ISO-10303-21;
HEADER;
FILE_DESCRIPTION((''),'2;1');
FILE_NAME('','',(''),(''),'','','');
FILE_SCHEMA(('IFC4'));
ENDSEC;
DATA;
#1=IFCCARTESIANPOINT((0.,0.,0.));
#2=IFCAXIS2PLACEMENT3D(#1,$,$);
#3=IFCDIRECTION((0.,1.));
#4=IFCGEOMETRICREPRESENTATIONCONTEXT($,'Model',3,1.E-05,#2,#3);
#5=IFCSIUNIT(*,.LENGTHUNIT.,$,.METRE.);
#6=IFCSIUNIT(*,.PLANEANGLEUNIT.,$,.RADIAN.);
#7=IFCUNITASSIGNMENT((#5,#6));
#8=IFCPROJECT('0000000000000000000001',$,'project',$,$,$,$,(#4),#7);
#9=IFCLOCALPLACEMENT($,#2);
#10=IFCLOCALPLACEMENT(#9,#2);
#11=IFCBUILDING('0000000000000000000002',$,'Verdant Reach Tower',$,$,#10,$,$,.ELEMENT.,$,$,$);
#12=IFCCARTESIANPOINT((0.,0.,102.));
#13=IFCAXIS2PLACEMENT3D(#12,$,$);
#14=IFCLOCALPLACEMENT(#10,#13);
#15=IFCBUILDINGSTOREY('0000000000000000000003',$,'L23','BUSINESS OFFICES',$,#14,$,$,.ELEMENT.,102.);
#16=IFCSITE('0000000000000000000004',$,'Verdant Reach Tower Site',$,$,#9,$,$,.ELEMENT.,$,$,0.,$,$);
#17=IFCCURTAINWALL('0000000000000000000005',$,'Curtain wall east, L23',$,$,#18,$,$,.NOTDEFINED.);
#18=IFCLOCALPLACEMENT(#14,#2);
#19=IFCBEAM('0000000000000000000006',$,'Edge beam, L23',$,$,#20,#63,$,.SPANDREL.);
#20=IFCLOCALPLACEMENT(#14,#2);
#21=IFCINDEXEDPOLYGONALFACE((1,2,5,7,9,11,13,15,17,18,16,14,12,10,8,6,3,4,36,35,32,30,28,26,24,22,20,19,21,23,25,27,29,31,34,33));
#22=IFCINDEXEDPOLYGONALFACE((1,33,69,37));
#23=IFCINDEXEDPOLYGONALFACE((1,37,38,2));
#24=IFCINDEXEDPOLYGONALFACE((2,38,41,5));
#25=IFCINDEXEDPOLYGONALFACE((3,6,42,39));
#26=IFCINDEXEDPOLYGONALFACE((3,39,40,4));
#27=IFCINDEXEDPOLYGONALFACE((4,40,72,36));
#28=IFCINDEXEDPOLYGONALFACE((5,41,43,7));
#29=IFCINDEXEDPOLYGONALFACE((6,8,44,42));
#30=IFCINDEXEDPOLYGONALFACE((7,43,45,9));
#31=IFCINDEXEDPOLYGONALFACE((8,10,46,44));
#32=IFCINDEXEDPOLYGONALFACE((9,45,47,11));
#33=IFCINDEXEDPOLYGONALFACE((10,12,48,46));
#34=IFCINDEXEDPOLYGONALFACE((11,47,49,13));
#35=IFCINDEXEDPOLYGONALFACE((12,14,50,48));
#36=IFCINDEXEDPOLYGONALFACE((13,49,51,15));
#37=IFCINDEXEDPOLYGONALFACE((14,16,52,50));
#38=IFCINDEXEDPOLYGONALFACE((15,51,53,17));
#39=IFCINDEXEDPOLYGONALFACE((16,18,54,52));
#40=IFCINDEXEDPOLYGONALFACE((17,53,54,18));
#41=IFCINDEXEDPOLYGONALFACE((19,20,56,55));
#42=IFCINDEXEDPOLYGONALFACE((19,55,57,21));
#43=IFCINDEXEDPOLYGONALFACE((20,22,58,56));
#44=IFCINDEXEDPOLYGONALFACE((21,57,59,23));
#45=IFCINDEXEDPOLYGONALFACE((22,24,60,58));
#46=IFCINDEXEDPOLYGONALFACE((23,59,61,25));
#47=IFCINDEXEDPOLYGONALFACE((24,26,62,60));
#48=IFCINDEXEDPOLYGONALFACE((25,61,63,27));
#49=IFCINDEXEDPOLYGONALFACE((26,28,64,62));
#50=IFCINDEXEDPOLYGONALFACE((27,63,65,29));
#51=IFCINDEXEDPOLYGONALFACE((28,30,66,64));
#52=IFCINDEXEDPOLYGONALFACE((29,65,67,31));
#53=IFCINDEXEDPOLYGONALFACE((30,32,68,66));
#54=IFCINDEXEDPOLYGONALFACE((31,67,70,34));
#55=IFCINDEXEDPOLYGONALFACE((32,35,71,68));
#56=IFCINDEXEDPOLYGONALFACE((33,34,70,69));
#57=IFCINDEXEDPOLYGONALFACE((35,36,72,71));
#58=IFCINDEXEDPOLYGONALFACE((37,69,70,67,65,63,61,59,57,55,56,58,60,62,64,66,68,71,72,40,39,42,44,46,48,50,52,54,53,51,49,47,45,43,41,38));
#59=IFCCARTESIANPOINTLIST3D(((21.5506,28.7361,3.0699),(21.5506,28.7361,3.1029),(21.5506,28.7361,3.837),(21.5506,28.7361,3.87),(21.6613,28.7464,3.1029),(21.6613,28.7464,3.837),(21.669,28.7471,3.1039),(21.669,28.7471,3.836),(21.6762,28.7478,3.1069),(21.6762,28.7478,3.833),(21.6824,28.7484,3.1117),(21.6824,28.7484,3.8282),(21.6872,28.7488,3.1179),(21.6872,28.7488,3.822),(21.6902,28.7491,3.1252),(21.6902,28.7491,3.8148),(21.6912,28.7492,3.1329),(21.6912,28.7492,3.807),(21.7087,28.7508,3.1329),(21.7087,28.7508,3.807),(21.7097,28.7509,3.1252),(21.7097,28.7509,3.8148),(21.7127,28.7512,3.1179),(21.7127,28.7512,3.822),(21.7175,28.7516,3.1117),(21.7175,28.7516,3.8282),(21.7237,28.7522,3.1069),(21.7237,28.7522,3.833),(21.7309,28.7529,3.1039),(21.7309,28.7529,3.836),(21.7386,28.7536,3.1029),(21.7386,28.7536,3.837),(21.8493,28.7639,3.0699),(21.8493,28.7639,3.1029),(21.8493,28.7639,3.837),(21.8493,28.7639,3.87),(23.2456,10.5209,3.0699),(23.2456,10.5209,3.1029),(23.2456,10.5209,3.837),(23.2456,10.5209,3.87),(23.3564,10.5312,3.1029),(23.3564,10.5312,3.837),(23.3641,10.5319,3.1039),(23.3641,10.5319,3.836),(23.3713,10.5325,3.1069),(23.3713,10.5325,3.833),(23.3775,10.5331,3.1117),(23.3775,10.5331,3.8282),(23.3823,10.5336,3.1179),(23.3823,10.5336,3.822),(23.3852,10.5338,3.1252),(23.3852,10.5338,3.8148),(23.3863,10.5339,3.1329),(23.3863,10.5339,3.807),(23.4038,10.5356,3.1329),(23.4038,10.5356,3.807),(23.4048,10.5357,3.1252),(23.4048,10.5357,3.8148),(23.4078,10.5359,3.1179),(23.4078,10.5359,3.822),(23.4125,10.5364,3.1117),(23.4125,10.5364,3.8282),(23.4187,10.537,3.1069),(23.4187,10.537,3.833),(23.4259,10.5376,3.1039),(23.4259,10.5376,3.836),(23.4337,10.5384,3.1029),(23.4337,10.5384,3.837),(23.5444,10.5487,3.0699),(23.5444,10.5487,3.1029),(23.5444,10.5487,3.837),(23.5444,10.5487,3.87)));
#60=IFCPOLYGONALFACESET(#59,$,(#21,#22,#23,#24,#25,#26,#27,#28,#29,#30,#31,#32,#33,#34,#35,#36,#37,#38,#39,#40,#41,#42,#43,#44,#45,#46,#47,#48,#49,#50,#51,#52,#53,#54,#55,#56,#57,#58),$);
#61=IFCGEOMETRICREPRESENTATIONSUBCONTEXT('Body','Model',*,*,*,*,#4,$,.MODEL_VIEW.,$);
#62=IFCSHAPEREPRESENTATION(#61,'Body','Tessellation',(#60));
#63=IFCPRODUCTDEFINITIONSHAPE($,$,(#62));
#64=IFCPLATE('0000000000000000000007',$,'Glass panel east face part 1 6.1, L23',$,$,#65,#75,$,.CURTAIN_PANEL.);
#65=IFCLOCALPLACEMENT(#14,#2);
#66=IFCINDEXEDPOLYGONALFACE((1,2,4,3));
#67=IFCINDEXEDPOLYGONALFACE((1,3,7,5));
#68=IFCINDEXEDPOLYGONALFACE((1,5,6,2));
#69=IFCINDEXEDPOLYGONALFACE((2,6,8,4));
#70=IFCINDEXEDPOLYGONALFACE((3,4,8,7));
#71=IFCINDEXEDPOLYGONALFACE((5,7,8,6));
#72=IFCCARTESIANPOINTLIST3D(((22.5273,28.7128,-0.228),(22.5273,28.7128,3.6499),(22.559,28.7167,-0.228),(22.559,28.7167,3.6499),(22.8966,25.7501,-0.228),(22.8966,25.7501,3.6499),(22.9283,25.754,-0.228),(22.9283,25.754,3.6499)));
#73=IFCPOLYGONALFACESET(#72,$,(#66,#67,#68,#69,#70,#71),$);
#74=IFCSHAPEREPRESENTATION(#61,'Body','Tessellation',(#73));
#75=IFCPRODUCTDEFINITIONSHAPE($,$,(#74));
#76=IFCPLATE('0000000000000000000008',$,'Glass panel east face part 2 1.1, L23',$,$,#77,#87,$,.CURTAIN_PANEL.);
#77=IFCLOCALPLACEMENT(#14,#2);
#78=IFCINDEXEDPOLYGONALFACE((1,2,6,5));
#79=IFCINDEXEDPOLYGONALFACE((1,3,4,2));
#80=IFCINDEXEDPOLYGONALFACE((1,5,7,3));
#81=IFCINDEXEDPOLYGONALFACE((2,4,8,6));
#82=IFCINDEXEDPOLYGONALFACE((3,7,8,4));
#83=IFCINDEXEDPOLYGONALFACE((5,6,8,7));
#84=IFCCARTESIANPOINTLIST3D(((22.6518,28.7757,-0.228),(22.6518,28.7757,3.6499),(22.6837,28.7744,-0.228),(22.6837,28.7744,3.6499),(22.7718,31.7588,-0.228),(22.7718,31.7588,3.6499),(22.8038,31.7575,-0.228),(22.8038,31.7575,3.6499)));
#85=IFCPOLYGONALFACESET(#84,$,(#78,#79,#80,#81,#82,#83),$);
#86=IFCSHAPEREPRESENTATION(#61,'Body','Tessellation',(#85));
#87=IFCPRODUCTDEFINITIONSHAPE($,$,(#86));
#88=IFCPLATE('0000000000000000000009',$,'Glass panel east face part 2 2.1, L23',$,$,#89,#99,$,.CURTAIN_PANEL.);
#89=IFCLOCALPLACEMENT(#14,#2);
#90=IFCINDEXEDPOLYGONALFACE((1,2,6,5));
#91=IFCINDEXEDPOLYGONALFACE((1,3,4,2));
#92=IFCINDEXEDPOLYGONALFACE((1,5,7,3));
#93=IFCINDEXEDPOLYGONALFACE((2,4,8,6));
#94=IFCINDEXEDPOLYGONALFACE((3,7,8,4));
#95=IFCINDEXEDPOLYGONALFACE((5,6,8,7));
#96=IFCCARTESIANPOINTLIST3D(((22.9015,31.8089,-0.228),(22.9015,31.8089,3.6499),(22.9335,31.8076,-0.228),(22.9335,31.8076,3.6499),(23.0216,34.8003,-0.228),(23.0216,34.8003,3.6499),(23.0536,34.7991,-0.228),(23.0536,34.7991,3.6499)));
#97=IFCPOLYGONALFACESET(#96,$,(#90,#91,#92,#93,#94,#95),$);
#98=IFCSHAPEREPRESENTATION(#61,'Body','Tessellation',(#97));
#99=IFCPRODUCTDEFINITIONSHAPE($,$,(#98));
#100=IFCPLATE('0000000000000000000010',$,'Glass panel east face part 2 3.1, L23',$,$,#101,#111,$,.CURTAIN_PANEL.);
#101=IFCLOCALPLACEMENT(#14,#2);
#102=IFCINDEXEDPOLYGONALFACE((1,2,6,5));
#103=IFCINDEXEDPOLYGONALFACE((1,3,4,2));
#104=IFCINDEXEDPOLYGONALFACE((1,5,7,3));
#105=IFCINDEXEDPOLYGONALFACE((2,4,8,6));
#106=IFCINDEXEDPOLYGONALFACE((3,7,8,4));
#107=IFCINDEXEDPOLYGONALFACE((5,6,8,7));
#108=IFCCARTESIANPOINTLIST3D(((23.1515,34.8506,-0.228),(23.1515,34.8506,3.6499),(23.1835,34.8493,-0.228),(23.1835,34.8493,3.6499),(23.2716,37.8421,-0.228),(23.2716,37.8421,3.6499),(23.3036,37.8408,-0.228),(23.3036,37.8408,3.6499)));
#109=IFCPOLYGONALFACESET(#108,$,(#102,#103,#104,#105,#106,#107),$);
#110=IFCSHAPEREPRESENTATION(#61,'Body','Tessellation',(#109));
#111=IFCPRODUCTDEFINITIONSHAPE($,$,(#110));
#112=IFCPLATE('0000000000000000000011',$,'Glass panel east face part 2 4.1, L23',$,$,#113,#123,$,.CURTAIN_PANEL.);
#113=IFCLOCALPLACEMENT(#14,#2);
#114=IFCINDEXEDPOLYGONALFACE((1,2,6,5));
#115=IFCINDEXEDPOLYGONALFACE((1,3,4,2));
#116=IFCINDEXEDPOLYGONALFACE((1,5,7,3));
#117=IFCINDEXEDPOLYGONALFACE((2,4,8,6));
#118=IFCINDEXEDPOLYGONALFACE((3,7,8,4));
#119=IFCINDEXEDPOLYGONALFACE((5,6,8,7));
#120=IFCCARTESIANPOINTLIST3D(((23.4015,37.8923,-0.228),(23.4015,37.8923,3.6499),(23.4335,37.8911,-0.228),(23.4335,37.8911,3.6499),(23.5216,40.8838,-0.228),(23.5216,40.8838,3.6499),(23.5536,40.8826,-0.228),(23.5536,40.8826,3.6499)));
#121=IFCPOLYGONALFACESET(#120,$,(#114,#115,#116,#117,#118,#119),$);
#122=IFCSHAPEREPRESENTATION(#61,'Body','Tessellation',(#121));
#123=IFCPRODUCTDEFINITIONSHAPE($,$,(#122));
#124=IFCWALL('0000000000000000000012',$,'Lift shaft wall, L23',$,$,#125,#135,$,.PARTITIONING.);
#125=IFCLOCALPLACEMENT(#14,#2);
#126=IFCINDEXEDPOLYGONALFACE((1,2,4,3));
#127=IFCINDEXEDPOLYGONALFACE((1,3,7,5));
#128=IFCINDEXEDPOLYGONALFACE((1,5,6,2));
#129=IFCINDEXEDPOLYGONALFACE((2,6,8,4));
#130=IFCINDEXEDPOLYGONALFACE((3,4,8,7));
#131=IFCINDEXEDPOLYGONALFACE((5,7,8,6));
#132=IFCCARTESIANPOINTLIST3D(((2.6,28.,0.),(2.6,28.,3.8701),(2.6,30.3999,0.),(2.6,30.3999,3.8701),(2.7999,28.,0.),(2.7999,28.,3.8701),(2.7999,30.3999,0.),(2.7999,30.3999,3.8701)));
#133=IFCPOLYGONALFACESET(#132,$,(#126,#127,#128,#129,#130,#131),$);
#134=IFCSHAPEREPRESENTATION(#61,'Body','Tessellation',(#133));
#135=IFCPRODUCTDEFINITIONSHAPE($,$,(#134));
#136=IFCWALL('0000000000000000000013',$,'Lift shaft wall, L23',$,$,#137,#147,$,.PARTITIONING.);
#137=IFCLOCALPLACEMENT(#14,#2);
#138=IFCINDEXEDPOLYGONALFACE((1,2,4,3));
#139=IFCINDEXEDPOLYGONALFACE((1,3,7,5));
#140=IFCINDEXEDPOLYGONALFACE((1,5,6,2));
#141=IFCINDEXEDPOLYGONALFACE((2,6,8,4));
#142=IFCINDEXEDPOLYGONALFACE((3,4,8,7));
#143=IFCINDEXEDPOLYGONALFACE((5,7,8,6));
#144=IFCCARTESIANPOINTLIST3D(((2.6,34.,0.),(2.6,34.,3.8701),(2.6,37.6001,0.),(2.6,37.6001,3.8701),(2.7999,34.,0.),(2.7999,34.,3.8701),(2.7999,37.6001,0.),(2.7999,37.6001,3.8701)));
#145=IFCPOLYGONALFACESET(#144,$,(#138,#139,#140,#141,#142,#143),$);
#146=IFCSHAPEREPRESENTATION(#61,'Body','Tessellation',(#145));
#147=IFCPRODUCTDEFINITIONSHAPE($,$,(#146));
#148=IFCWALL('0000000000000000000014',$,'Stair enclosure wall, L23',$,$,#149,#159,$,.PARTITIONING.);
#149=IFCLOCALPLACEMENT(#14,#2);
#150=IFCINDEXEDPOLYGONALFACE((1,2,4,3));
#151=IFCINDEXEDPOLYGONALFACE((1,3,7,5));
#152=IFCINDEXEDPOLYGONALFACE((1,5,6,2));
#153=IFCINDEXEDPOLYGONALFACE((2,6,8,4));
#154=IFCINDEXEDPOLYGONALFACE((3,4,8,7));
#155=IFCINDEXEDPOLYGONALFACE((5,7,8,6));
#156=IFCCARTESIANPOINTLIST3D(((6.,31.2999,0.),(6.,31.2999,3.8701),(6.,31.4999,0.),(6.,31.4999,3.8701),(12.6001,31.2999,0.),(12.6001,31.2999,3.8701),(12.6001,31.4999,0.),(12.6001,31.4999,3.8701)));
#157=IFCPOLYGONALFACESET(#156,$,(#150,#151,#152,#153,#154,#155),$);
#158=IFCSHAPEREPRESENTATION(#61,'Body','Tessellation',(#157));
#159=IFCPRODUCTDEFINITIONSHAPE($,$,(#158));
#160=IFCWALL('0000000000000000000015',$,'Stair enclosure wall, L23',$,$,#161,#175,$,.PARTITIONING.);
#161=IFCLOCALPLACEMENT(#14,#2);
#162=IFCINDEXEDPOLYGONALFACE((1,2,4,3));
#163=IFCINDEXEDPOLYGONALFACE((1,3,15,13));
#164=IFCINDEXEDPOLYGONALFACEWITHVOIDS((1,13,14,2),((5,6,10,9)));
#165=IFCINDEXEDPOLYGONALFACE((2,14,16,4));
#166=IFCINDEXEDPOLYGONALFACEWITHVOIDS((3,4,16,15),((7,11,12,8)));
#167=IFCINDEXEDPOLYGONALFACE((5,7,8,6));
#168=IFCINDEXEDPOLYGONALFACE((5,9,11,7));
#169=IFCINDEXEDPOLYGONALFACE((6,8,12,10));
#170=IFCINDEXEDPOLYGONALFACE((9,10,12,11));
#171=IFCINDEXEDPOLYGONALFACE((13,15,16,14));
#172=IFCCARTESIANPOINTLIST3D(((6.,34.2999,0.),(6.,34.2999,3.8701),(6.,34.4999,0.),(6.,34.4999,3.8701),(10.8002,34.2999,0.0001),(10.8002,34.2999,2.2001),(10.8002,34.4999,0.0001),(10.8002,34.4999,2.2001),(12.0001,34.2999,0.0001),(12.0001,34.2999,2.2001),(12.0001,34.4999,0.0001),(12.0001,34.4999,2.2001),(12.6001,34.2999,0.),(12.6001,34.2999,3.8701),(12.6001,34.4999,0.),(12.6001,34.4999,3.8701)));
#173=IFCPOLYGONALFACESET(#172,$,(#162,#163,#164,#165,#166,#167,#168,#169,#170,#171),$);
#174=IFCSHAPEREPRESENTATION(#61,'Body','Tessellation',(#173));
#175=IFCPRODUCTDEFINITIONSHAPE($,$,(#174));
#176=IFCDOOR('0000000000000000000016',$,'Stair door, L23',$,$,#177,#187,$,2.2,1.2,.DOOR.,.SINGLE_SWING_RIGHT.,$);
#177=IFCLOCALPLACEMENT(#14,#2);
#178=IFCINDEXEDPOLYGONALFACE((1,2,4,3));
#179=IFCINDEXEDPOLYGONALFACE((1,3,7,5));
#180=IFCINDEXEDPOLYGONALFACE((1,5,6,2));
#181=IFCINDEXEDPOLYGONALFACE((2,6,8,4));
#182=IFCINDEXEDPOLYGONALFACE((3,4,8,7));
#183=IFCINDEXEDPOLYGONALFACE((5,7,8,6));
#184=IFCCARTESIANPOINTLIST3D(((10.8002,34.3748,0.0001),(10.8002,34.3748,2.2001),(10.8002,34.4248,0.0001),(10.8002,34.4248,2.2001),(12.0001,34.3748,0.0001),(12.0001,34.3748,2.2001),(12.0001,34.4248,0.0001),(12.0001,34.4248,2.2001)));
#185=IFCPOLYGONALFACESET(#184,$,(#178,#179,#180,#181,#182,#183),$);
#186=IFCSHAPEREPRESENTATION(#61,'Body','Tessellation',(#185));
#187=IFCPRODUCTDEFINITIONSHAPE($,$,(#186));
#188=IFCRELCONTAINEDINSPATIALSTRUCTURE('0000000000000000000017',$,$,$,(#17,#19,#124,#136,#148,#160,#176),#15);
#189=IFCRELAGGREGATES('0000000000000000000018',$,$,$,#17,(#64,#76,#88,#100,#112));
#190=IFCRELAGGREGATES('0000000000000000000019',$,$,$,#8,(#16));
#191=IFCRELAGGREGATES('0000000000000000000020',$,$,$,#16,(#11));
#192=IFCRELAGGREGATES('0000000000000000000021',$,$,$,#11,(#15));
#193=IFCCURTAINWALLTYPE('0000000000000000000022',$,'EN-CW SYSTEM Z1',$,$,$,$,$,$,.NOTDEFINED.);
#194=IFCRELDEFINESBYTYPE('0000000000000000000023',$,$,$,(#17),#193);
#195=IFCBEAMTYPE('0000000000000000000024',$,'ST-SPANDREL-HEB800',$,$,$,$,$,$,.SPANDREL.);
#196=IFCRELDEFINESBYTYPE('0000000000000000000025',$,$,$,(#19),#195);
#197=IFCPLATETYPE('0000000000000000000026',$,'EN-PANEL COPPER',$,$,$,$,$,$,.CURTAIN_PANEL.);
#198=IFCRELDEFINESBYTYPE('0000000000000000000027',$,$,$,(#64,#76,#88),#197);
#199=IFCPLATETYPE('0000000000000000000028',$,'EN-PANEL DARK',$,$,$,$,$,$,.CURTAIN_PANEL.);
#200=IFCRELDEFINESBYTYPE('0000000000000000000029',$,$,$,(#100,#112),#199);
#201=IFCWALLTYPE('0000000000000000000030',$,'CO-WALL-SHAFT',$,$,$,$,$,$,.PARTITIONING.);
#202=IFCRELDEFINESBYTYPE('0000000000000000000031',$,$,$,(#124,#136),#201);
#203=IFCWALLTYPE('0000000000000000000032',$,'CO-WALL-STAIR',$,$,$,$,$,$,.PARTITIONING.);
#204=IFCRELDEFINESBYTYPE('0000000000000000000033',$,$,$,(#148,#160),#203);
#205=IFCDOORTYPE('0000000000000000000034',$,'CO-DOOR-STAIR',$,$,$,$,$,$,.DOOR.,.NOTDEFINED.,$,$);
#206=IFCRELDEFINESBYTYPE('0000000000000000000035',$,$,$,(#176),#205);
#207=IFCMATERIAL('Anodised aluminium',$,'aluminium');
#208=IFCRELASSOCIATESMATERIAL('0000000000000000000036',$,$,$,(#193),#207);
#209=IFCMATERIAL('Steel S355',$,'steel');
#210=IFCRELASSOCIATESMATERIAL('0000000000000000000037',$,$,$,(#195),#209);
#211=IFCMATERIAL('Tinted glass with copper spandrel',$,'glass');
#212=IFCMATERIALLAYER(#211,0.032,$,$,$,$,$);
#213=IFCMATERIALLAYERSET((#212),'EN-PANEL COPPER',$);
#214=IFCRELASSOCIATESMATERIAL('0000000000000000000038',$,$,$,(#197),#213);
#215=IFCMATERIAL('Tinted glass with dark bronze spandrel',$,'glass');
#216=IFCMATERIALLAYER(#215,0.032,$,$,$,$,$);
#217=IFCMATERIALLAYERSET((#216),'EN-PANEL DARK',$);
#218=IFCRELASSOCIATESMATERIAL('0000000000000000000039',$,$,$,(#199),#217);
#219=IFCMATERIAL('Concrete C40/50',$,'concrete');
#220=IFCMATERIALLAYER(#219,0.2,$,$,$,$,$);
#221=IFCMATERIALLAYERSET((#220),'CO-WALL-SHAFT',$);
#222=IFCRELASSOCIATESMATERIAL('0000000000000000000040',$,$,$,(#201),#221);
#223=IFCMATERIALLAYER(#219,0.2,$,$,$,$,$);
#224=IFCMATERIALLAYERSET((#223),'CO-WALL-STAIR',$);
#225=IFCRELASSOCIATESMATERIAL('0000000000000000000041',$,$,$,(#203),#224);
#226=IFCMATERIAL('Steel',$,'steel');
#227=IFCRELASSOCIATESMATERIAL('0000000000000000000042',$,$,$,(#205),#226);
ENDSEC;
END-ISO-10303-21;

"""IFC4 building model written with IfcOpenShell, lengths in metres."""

from ifc_helpers import new_model, si_unit, direction, frame, frame_2d, origin, origin_2d, place, context, subcontext, project, spatial, rectangle, i_section, extrude, material, layer, layer_set, material_profile, profile_set, type_object, element, fill, aggregate, save


model = new_model("IFC4")

# Units and contexts
model_context = context("Model", 3, precision=1e-05, world=origin(), true_north=direction((0.0, 1.0)))
body_context = subcontext(model_context, "Body", "Model", "MODEL_VIEW")
ifc_project = project(units=[si_unit("LENGTHUNIT", "METRE"), si_unit("PLANEANGLEUNIT", "RADIAN")], contexts=[model_context])

# Site, building, storey
site_placement = place(None, origin())
site = spatial("IfcSite", under=ifc_project, at=site_placement, Name="Verdant Reach Tower Site", CompositionType="ELEMENT", RefElevation=0.0)
building_placement = place(site_placement, origin())
building = spatial("IfcBuilding", under=site, at=building_placement, Name="Verdant Reach Tower", CompositionType="ELEMENT")
storey_placement = place(building_placement, frame((0.0, 0.0, 102.0)))
storey = spatial("IfcBuildingStorey", under=building, at=storey_placement, Name="L23", Description="BUSINESS OFFICES", CompositionType="ELEMENT", Elevation=102.0)

# Curtain wall
ifc_material_1 = material(Name="Anodised aluminium", Category="aluminium")
curtain_wall_type = type_object("IfcCurtainWallType", Name="EN-CW SYSTEM Z1", PredefinedType="NOTDEFINED", material=ifc_material_1)
curtain_wall_placement = place(storey_placement, origin())
curtain_wall = element("IfcCurtainWall", 1, at=curtain_wall_placement, inside=storey, type_object=curtain_wall_type, Name="Curtain wall east, L23", PredefinedType="NOTDEFINED")

# Beam
ifc_material_2 = material(Name="Steel S355", Category="steel")
ifc_material_profile_1 = material_profile(ifc_material_2, i_section(OverallWidth=0.3, OverallDepth=0.8, WebThickness=0.0176, FlangeThickness=0.033, FilletRadius=0.03, at=origin_2d()), Name="HEB 800")
ifc_profile_set_1 = profile_set([ifc_material_profile_1], Name="Steel S355")
beam_type_1 = type_object("IfcBeamType", Name="ST-SPANDREL-HEB800", PredefinedType="SPANDREL", material=ifc_profile_set_1)
beam_1_placement = place(storey_placement, frame((21.7, 28.75, 3.47), z_axis=(0.092657, -0.995698, 0.0), x_axis=(0.995698, 0.092657, 0.0)))
element("IfcBeam", 2, at=beam_1_placement, inside=storey, type_object=beam_type_1, Name="Edge beam, L23", PredefinedType="SPANDREL", context=body_context, shape_type="SweptSolid", body=[
    extrude(i_section(OverallWidth=0.3, OverallDepth=0.8, WebThickness=0.0176, FlangeThickness=0.033, FilletRadius=0.03, at=origin_2d()), origin(), (0.0, 0.0, 1.0), 18.2939),
])

# Plates
ifc_material_3 = material(Name="Tinted glass with copper spandrel", Category="glass")
ifc_layer_1 = layer(ifc_material_3, 0.032)
ifc_layer_set_1 = layer_set([ifc_layer_1], Name="EN-PANEL COPPER")
plate_type_1 = type_object("IfcPlateType", Name="EN-PANEL COPPER", PredefinedType="CURTAIN_PANEL", material=ifc_layer_set_1)
plate_1_placement = place(storey_placement, frame((22.7278, 27.2334, -0.228), z_axis=(0.0, 0.0, 1.0), x_axis=(-0.123691, 0.992321, 0.0)))
plate_1 = element("IfcPlate", 3, at=plate_1_placement, type_object=plate_type_1, Name="Glass panel east face part 1 6.1, L23", PredefinedType="CURTAIN_PANEL", context=body_context, shape_type="SweptSolid", body=[
    extrude(rectangle(XDim=2.9856, YDim=0.032, at=origin_2d()), origin(), (0.0, 0.0, 1.0), 3.8779),
])
plate_2_placement = place(storey_placement, frame((22.7278, 30.2666, -0.228), z_axis=(0.0, 0.0, 1.0), x_axis=(0.040222, 0.999191, 0.0)))
plate_2 = element("IfcPlate", 4, at=plate_2_placement, type_object=plate_type_1, Name="Glass panel east face part 2 1.1, L23", PredefinedType="CURTAIN_PANEL", context=body_context, shape_type="SweptSolid", body=[
    extrude(rectangle(XDim=2.9856, YDim=0.032, at=origin_2d()), origin(), (0.0, 0.0, 1.0), 3.8779),
])
plate_3_placement = place(storey_placement, frame((22.9775, 33.304, -0.228), z_axis=(0.0, 0.0, 1.0), x_axis=(0.040109, 0.999195, 0.0)))
plate_3 = element("IfcPlate", 5, at=plate_3_placement, type_object=plate_type_1, Name="Glass panel east face part 2 2.1, L23", PredefinedType="CURTAIN_PANEL", context=body_context, shape_type="SweptSolid", body=[
    extrude(rectangle(XDim=2.9939, YDim=0.032, at=origin_2d()), origin(), (0.0, 0.0, 1.0), 3.8779),
])
ifc_material_4 = material(Name="Tinted glass with dark bronze spandrel", Category="glass")
ifc_layer_2 = layer(ifc_material_4, 0.032)
ifc_layer_set_2 = layer_set([ifc_layer_2], Name="EN-PANEL DARK")
plate_type_2 = type_object("IfcPlateType", Name="EN-PANEL DARK", PredefinedType="CURTAIN_PANEL", material=ifc_layer_set_2)
plate_4_placement = place(storey_placement, frame((23.2275, 36.3457, -0.228), z_axis=(0.0, 0.0, 1.0), x_axis=(0.040109, 0.999195, 0.0)))
plate_4 = element("IfcPlate", 6, at=plate_4_placement, type_object=plate_type_2, Name="Glass panel east face part 2 3.1, L23", PredefinedType="CURTAIN_PANEL", context=body_context, shape_type="SweptSolid", body=[
    extrude(rectangle(XDim=2.9939, YDim=0.032, at=origin_2d()), origin(), (0.0, 0.0, 1.0), 3.8779),
])
plate_5_placement = place(storey_placement, frame((23.4775, 39.3875, -0.228), z_axis=(0.0, 0.0, 1.0), x_axis=(0.040109, 0.999195, 0.0)))
plate_5 = element("IfcPlate", 7, at=plate_5_placement, type_object=plate_type_2, Name="Glass panel east face part 2 4.1, L23", PredefinedType="CURTAIN_PANEL", context=body_context, shape_type="SweptSolid", body=[
    extrude(rectangle(XDim=2.9939, YDim=0.032, at=origin_2d()), origin(), (0.0, 0.0, 1.0), 3.8779),
])
aggregate(curtain_wall, [plate_1, plate_2, plate_3, plate_4, plate_5])

# Walls
ifc_material_5 = material(Name="Concrete C40/50", Category="concrete")
ifc_layer_3 = layer(ifc_material_5, 0.2)
ifc_layer_set_3 = layer_set([ifc_layer_3], Name="CO-WALL-SHAFT")
wall_type_1 = type_object("IfcWallType", Name="CO-WALL-SHAFT", PredefinedType="PARTITIONING", material=ifc_layer_set_3)
wall_1_placement = place(storey_placement, frame((2.7, 28.0, 0.0), z_axis=(0.0, 0.0, 1.0), x_axis=(0.0, 1.0, 0.0)))
element("IfcWall", 8, at=wall_1_placement, inside=storey, type_object=wall_type_1, Name="Lift shaft wall, L23", PredefinedType="PARTITIONING", context=body_context, shape_type="SweptSolid", body=[
    extrude(rectangle(XDim=2.3999, YDim=0.2, at=frame_2d((1.2, 0.0))), origin(), (0.0, 0.0, 1.0), 3.8701),
])
wall_2_placement = place(storey_placement, frame((2.7, 34.0, 0.0), z_axis=(0.0, 0.0, 1.0), x_axis=(0.0, 1.0, 0.0)))
element("IfcWall", 9, at=wall_2_placement, inside=storey, type_object=wall_type_1, Name="Lift shaft wall, L23", PredefinedType="PARTITIONING", context=body_context, shape_type="SweptSolid", body=[
    extrude(rectangle(XDim=3.6001, YDim=0.2, at=frame_2d((1.8, 0.0))), origin(), (0.0, 0.0, 1.0), 3.8701),
])
ifc_layer_4 = layer(ifc_material_5, 0.2)
ifc_layer_set_4 = layer_set([ifc_layer_4], Name="CO-WALL-STAIR")
wall_type_2 = type_object("IfcWallType", Name="CO-WALL-STAIR", PredefinedType="PARTITIONING", material=ifc_layer_set_4)
wall_3_placement = place(storey_placement, frame((6.0, 31.3999, 0.0), z_axis=(0.0, 0.0, 1.0), x_axis=(1.0, 0.0, 0.0)))
element("IfcWall", 10, at=wall_3_placement, inside=storey, type_object=wall_type_2, Name="Stair enclosure wall, L23", PredefinedType="PARTITIONING", context=body_context, shape_type="SweptSolid", body=[
    extrude(rectangle(XDim=6.6001, YDim=0.2, at=frame_2d((3.3, 0.0))), origin(), (0.0, 0.0, 1.0), 3.8701),
])

# Wall, opening, door
wall_4_placement = place(storey_placement, frame((6.0, 34.3999, 0.0), z_axis=(0.0, 0.0, 1.0), x_axis=(1.0, 0.0, 0.0)))
wall_4 = element("IfcWall", 11, at=wall_4_placement, inside=storey, type_object=wall_type_2, Name="Stair enclosure wall, L23", PredefinedType="PARTITIONING", context=body_context, shape_type="SweptSolid", body=[
    extrude(rectangle(XDim=6.6001, YDim=0.2, at=frame_2d((3.3, 0.0))), origin(), (0.0, 0.0, 1.0), 3.8701),
])
opening_1_placement = place(wall_4_placement, frame((4.8, 0.0, 0.0)))
opening_1 = element("IfcOpeningElement", 12, at=opening_1_placement, cuts=wall_4, PredefinedType="OPENING", context=body_context, shape_type="SweptSolid", body=[
    extrude(rectangle(XDim=1.2, YDim=2.2, at=frame_2d((0.6001, 1.1001))), frame((0.0, 0.1099, 0.0), z_axis=(0.0, -1.0, 0.0), x_axis=(1.0, 0.0, 0.0)), (0.0, 0.0, 1.0), 0.22),
])
ifc_material_6 = material(Name="Steel", Category="steel")
door_type_1 = type_object("IfcDoorType", Name="CO-DOOR-STAIR", OperationType="NOTDEFINED", PredefinedType="DOOR", material=ifc_material_6)
door_1_placement = place(opening_1_placement, origin())
door_1 = element("IfcDoor", 13, at=door_1_placement, inside=storey, type_object=door_type_1, Name="Stair door, L23", OperationType="SINGLE_SWING_RIGHT", OverallHeight=2.2, OverallWidth=1.2, PredefinedType="DOOR", context=body_context, shape_type="SweptSolid", body=[
    extrude(rectangle(XDim=1.2, YDim=2.2, at=frame_2d((0.6001, 1.1001))), frame((0.0, 0.0249, 0.0), z_axis=(0.0, -1.0, 0.0), x_axis=(1.0, 0.0, 0.0)), (0.0, 0.0, 1.0), 0.05),
])
fill(opening_1, door_1)

save(model, "model.ifc")
